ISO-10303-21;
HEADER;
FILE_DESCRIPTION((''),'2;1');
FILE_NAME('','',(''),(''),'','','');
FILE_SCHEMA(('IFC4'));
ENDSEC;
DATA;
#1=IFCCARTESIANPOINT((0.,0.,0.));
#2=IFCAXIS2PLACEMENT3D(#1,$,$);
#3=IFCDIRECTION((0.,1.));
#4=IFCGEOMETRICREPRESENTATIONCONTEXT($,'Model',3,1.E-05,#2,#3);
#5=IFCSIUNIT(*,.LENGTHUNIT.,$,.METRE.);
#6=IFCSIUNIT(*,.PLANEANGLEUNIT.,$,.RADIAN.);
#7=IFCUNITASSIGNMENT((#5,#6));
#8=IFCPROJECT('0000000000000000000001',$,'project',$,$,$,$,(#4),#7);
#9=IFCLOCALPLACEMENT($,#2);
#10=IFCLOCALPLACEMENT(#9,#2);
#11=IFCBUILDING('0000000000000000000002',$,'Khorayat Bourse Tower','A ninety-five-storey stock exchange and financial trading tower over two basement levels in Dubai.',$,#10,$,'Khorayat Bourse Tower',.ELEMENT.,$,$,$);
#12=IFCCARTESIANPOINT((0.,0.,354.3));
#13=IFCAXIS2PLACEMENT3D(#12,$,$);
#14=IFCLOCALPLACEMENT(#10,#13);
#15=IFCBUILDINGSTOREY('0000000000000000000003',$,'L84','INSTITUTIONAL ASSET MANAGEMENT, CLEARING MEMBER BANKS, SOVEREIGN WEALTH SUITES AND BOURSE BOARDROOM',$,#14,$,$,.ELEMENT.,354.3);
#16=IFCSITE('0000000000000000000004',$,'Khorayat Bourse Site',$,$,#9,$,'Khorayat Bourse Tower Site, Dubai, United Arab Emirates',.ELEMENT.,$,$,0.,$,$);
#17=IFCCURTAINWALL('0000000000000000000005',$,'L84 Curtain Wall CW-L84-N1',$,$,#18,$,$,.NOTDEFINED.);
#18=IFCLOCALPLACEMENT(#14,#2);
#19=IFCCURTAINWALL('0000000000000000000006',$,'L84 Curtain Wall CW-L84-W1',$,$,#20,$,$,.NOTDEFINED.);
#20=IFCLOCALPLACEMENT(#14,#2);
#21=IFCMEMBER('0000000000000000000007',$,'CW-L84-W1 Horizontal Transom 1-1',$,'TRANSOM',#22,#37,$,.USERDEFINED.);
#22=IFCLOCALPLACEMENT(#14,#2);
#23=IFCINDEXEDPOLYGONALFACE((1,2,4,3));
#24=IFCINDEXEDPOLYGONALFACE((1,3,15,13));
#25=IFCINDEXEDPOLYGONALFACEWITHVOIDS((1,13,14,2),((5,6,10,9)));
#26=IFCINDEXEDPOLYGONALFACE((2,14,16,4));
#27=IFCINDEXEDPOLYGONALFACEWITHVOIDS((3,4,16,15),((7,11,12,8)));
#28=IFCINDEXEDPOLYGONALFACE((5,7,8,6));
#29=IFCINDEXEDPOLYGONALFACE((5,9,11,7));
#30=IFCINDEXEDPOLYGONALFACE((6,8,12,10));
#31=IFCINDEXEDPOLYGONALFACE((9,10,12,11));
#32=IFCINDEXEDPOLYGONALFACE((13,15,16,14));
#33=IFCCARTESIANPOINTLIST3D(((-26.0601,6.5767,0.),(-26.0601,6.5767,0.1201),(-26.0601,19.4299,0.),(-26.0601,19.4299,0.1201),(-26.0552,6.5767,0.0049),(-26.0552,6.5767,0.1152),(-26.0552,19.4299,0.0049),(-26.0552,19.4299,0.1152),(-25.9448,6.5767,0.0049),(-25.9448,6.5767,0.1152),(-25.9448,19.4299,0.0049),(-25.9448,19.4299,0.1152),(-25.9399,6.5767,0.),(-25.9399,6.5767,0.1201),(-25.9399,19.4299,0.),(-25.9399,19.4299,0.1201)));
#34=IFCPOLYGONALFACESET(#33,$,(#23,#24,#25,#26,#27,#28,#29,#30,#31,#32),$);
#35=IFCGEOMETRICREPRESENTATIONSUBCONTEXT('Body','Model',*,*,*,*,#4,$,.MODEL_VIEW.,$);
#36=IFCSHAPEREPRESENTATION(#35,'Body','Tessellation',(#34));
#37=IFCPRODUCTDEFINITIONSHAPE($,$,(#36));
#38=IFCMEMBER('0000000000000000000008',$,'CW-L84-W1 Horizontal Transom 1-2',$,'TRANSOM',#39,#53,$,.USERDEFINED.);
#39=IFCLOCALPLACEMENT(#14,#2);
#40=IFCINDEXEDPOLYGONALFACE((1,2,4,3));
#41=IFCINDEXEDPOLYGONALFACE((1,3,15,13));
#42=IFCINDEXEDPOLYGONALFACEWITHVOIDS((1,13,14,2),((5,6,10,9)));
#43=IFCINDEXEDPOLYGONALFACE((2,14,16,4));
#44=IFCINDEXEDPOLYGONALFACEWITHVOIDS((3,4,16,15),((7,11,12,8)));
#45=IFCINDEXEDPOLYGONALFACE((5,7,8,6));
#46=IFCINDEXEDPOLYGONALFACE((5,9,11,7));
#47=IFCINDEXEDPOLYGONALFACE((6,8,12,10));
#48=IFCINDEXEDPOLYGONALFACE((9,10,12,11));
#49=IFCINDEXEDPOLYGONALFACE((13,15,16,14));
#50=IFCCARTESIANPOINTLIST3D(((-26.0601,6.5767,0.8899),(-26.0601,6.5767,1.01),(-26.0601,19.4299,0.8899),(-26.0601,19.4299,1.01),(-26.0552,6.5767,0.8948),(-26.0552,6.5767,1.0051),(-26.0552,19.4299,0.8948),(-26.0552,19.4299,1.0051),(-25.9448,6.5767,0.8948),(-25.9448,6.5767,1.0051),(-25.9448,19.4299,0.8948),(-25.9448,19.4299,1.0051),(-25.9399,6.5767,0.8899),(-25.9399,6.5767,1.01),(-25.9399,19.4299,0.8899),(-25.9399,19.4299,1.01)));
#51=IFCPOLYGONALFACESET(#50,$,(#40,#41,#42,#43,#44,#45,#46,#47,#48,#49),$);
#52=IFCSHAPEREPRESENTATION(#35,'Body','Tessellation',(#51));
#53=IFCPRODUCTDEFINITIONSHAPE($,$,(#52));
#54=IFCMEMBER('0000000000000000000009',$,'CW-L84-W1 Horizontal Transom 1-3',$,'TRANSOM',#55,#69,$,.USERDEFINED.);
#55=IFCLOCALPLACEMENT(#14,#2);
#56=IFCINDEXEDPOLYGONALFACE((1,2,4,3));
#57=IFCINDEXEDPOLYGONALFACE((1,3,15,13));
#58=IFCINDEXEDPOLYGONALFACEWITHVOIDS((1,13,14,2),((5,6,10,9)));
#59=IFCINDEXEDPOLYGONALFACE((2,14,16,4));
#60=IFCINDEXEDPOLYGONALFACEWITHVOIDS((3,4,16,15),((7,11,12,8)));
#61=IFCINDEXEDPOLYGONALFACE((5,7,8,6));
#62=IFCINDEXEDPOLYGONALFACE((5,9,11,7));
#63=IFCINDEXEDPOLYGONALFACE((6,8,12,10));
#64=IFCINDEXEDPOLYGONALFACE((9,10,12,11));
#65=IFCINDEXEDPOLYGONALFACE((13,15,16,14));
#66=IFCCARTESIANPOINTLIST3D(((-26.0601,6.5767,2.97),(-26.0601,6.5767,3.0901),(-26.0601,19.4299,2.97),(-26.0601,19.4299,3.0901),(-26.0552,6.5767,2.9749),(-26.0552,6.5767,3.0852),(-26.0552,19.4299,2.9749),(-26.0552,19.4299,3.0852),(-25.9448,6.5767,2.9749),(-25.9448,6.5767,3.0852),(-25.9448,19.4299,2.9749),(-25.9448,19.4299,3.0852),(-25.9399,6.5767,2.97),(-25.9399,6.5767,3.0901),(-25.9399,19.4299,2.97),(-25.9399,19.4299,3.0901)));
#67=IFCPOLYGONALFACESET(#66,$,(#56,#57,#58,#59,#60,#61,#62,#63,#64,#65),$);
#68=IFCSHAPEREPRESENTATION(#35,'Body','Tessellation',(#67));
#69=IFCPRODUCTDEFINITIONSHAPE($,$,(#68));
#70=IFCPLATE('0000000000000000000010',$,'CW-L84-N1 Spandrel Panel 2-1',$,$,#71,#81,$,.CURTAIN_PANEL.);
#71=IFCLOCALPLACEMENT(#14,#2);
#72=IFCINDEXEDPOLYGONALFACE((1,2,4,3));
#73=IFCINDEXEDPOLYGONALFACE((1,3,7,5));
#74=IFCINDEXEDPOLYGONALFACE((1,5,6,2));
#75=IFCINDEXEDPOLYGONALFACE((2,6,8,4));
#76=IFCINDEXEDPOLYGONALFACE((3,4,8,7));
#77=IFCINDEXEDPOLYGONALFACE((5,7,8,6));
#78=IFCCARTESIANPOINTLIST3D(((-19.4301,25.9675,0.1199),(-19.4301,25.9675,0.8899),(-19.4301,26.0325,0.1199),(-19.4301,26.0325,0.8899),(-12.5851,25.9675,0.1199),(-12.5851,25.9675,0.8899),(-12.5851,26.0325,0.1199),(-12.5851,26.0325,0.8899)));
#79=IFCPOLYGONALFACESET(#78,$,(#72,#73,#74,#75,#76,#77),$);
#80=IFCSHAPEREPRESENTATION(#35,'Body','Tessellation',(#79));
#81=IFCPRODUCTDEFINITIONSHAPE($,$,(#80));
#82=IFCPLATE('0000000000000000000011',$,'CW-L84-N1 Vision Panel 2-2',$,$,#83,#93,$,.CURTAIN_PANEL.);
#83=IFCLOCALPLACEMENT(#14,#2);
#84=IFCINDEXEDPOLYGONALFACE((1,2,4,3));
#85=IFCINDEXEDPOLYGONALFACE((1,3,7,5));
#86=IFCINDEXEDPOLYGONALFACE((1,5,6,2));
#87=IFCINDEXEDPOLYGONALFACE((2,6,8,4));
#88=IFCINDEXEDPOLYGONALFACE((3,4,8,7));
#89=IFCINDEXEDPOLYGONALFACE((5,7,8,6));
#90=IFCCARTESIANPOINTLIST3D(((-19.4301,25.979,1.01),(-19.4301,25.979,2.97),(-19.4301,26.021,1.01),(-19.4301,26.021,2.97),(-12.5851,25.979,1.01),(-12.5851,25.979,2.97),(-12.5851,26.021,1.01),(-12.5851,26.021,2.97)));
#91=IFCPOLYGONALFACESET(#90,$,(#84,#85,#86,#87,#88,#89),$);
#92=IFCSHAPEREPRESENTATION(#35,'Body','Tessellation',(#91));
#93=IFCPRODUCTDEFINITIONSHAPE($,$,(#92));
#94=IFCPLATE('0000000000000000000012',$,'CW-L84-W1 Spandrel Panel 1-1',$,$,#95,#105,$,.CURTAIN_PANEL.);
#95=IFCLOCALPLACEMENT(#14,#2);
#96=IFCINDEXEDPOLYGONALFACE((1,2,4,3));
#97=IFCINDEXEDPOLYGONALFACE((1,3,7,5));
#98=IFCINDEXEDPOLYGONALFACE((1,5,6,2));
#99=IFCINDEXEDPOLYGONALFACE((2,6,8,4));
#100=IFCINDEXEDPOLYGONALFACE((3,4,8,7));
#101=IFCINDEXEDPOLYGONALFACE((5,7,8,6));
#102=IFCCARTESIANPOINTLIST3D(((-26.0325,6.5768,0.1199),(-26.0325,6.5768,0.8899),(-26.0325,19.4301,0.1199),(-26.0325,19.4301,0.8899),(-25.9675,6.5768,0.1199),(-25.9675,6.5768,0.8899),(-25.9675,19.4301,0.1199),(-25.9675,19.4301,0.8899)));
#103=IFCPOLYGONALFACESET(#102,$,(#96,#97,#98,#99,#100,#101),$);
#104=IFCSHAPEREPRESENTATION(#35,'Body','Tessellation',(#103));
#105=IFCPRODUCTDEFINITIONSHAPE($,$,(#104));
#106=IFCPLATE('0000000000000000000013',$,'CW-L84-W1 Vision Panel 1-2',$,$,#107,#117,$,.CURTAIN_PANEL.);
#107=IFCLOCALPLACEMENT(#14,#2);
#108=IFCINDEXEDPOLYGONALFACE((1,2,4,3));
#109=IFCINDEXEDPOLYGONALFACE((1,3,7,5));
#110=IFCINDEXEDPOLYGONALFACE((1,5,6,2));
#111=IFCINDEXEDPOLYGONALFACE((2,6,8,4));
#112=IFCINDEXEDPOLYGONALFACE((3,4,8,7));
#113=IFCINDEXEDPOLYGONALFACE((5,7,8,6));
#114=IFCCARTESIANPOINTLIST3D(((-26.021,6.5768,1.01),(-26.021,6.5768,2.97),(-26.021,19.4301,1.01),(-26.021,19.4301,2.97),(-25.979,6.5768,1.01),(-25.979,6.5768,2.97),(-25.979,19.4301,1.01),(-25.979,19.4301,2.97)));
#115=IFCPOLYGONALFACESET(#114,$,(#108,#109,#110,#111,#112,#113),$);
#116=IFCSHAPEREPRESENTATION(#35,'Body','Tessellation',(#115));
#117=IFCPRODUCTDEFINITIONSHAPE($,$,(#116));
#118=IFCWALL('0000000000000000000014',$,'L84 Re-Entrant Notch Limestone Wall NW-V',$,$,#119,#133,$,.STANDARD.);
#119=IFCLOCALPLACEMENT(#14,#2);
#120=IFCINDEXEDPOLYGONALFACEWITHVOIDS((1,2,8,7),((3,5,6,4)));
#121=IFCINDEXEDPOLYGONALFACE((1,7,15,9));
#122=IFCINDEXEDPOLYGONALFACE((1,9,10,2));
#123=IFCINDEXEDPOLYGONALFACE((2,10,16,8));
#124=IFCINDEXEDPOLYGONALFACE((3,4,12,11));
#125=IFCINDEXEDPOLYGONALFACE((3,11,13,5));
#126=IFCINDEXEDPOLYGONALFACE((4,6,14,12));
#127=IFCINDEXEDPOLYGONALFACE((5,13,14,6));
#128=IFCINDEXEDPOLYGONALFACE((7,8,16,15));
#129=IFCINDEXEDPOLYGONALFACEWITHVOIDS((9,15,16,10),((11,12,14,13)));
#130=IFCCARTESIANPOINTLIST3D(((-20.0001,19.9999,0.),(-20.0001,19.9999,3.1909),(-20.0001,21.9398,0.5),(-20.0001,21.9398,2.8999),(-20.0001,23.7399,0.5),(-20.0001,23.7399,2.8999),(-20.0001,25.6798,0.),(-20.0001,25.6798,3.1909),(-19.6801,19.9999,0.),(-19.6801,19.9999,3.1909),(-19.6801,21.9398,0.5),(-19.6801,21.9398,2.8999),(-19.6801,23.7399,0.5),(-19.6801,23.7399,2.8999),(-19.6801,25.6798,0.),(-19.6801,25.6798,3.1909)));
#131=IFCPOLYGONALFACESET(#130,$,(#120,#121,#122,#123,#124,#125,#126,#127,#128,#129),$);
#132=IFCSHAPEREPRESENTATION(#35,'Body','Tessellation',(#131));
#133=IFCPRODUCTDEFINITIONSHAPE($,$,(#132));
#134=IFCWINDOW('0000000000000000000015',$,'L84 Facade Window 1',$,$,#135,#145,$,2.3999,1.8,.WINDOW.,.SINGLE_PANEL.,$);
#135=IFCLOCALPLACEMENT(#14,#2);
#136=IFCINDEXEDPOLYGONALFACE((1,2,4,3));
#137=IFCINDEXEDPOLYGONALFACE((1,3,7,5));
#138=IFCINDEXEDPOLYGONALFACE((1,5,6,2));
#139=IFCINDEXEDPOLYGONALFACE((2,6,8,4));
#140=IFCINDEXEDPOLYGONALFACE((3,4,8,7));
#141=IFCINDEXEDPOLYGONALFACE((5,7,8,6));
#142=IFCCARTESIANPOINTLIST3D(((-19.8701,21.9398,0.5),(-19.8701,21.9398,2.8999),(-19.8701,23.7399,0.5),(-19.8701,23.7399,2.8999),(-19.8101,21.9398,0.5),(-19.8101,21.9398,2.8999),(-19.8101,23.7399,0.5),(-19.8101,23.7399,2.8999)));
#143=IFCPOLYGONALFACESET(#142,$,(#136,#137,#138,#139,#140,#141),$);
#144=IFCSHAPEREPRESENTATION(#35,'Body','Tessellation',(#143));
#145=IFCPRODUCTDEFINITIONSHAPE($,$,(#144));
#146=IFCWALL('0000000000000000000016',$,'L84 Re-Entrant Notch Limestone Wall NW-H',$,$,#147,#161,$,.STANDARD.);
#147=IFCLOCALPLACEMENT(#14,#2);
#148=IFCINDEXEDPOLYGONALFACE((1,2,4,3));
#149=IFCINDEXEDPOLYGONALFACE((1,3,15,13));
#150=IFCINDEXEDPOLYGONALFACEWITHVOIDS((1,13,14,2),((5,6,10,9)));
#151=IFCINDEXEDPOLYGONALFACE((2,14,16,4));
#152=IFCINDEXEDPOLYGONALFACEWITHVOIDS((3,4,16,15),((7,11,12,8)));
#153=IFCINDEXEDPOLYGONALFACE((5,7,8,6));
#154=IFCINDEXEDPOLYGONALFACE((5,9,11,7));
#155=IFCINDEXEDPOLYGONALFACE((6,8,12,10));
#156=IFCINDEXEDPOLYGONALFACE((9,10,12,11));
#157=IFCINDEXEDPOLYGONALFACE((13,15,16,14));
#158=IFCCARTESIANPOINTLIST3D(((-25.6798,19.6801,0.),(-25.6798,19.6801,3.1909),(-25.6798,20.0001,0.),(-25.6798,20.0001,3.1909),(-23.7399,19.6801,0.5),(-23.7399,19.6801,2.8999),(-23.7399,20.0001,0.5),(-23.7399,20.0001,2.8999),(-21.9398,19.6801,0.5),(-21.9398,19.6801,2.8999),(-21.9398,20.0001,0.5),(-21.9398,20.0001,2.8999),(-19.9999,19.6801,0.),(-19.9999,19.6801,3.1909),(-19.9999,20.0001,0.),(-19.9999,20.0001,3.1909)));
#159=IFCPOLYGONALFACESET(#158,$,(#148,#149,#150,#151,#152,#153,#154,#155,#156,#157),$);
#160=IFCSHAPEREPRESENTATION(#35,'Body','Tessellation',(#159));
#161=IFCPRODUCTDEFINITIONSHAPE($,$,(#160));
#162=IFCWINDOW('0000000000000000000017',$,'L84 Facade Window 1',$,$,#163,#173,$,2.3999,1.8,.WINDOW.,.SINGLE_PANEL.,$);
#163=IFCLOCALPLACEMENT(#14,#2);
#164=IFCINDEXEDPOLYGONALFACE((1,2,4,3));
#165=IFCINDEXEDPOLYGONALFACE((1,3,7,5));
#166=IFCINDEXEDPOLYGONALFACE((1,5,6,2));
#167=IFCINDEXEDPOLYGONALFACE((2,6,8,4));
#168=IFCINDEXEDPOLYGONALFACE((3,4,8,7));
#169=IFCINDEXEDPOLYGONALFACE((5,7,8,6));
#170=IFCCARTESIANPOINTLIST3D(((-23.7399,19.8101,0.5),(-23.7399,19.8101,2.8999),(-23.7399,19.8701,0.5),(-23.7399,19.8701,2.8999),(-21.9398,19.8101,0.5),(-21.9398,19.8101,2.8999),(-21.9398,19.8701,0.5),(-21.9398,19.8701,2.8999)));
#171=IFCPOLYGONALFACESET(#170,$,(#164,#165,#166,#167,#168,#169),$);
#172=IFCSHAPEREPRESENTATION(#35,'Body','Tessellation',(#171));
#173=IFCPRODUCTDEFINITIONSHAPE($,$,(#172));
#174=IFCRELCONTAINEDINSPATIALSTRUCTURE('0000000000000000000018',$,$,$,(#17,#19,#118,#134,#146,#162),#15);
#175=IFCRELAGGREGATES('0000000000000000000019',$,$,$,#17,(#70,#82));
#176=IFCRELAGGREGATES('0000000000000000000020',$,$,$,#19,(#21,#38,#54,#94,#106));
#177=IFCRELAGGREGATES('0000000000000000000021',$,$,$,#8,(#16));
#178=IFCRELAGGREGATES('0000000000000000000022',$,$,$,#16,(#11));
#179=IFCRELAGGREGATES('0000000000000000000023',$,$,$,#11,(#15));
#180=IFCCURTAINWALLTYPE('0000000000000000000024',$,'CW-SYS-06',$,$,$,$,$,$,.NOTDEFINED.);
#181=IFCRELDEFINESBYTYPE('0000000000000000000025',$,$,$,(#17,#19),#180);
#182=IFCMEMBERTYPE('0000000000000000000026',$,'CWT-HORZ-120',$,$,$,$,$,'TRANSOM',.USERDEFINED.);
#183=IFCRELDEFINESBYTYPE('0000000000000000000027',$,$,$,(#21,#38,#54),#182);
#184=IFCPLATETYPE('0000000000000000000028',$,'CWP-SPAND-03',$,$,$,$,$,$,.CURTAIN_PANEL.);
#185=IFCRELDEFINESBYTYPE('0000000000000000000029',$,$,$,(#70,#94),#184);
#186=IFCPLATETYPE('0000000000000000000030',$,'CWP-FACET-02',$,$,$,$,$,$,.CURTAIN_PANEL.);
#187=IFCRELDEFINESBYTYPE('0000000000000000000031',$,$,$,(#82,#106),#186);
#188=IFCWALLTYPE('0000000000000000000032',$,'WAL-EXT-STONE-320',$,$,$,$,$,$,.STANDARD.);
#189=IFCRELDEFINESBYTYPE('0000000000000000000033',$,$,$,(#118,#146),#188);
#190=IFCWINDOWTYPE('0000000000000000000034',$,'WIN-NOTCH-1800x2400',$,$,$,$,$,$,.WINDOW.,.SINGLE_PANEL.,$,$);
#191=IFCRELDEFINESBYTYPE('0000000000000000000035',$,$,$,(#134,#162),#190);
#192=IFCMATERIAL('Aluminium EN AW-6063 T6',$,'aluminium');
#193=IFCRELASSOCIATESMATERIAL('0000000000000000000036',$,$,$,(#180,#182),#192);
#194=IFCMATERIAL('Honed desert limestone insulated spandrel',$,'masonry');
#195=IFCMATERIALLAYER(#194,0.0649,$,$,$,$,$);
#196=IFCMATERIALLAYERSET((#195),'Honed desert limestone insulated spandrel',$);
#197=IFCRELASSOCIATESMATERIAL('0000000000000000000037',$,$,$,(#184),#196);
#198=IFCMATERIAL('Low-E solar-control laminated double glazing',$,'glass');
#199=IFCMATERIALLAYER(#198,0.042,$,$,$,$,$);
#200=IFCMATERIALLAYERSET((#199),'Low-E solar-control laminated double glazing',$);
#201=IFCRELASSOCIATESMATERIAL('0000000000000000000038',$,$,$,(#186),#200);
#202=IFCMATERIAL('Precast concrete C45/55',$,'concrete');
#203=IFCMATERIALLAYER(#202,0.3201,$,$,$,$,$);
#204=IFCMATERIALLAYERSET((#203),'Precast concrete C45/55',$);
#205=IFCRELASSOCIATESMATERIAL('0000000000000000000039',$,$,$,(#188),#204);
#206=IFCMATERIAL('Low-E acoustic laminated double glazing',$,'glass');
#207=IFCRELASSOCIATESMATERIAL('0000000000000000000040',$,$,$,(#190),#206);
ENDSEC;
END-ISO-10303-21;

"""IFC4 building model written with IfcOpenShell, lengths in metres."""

from ifc_helpers import new_model, si_unit, direction, frame, frame_2d, origin, origin_2d, place, context, subcontext, project, spatial, rectangle, hollow_rectangle, extrude, source, transform, mapped, material, layer, layer_set, material_profile, profile_set, type_object, element, fill, aggregate, save


model = new_model("IFC4")

# Units and contexts
model_context = context("Model", 3, precision=1e-05, world=origin(), true_north=direction((0.0, 1.0)))
body_context = subcontext(model_context, "Body", "Model", "MODEL_VIEW")
ifc_project = project(units=[si_unit("LENGTHUNIT", "METRE"), si_unit("PLANEANGLEUNIT", "RADIAN")], contexts=[model_context])

# Site, building, storey
site_placement = place(None, origin())
site = spatial("IfcSite", under=ifc_project, at=site_placement, Name="Khorayat Bourse Site", LongName="Khorayat Bourse Tower Site, Dubai, United Arab Emirates", CompositionType="ELEMENT", RefElevation=0.0)
building_placement = place(site_placement, origin())
building = spatial("IfcBuilding", under=site, at=building_placement, Name="Khorayat Bourse Tower", Description="A ninety-five-storey stock exchange and financial trading tower over two basement levels in Dubai.", LongName="Khorayat Bourse Tower", CompositionType="ELEMENT")
storey_placement = place(building_placement, frame((0.0, 0.0, 354.3)))
storey = spatial("IfcBuildingStorey", under=building, at=storey_placement, Name="L84", Description="INSTITUTIONAL ASSET MANAGEMENT, CLEARING MEMBER BANKS, SOVEREIGN WEALTH SUITES AND BOURSE BOARDROOM", CompositionType="ELEMENT", Elevation=354.3)

# Curtain walls
ifc_material_1 = material(Name="Aluminium EN AW-6063 T6", Category="aluminium")
curtain_wall_type = type_object("IfcCurtainWallType", Name="CW-SYS-06", PredefinedType="NOTDEFINED", material=ifc_material_1)
curtain_wall_1_placement = place(storey_placement, origin())
curtain_wall_1 = element("IfcCurtainWall", 1, at=curtain_wall_1_placement, inside=storey, type_object=curtain_wall_type, Name="L84 Curtain Wall CW-L84-N1", PredefinedType="NOTDEFINED")
curtain_wall_2_placement = place(storey_placement, origin())
curtain_wall_2 = element("IfcCurtainWall", 2, at=curtain_wall_2_placement, inside=storey, type_object=curtain_wall_type, Name="L84 Curtain Wall CW-L84-W1", PredefinedType="NOTDEFINED")

# Members
ifc_material_profile_1 = material_profile(ifc_material_1, hollow_rectangle(XDim=0.1201, YDim=0.1201, WallThickness=0.0049, at=origin_2d()), Name="ALU 120x120x5")
ifc_profile_set_1 = profile_set([ifc_material_profile_1], Name="Aluminium EN AW-6063 T6")
member_type_1 = type_object("IfcMemberType", Name="CWT-HORZ-120", ElementType="TRANSOM", PredefinedType="USERDEFINED", material=ifc_profile_set_1)
shared_shape_1 = source(origin(), body_context, "Body", "SweptSolid", [
    extrude(hollow_rectangle(XDim=0.1201, YDim=0.1201, WallThickness=0.0049, at=origin_2d()), origin(), (0.0, 0.0, 1.0), 12.8533),
])
member_1_placement = place(storey_placement, frame((-26.0, 19.4299, 0.0601), z_axis=(0.0, -1.0, 0.0), x_axis=(1.0, 0.0, 0.0)))
member_1 = element("IfcMember", 3, at=member_1_placement, type_object=member_type_1, Name="CW-L84-W1 Horizontal Transom 1-1", ObjectType="TRANSOM", PredefinedType="USERDEFINED", context=body_context, shape_type="MappedRepresentation", body=[
    mapped(shared_shape_1, transform((0.0, 0.0, 0.0), scale=1.0)),
])
member_2_placement = place(storey_placement, frame((-26.0, 19.4299, 0.95), z_axis=(0.0, -1.0, 0.0), x_axis=(1.0, 0.0, 0.0)))
member_2 = element("IfcMember", 4, at=member_2_placement, type_object=member_type_1, Name="CW-L84-W1 Horizontal Transom 1-2", ObjectType="TRANSOM", PredefinedType="USERDEFINED", context=body_context, shape_type="MappedRepresentation", body=[
    mapped(shared_shape_1, transform((0.0, 0.0, 0.0), scale=1.0)),
])
member_3_placement = place(storey_placement, frame((-26.0, 19.4299, 3.03), z_axis=(0.0, -1.0, 0.0), x_axis=(1.0, 0.0, 0.0)))
member_3 = element("IfcMember", 5, at=member_3_placement, type_object=member_type_1, Name="CW-L84-W1 Horizontal Transom 1-3", ObjectType="TRANSOM", PredefinedType="USERDEFINED", context=body_context, shape_type="MappedRepresentation", body=[
    mapped(shared_shape_1, transform((0.0, 0.0, 0.0), scale=1.0)),
])

# Plates
ifc_material_2 = material(Name="Honed desert limestone insulated spandrel", Category="masonry")
ifc_layer_1 = layer(ifc_material_2, 0.0649)
ifc_layer_set_1 = layer_set([ifc_layer_1], Name="Honed desert limestone insulated spandrel")
plate_type_1 = type_object("IfcPlateType", Name="CWP-SPAND-03", PredefinedType="CURTAIN_PANEL", material=ifc_layer_set_1)
shared_shape_2 = source(origin(), body_context, "Body", "SweptSolid", [
    extrude(rectangle(XDim=6.845, YDim=0.0649, at=origin_2d()), origin(), (0.0, 0.0, 1.0), 0.77),
])
plate_1_placement = place(storey_placement, frame((-16.0076, 26.0, 0.1199), z_axis=(0.0, 0.0, 1.0), x_axis=(-1.0, 0.0, 0.0)))
plate_1 = element("IfcPlate", 6, at=plate_1_placement, type_object=plate_type_1, Name="CW-L84-N1 Spandrel Panel 2-1", PredefinedType="CURTAIN_PANEL", context=body_context, shape_type="MappedRepresentation", body=[
    mapped(shared_shape_2, transform((0.0, 0.0, 0.0), scale=1.0)),
])
ifc_material_3 = material(Name="Low-E solar-control laminated double glazing", Category="glass")
ifc_layer_2 = layer(ifc_material_3, 0.042)
ifc_layer_set_2 = layer_set([ifc_layer_2], Name="Low-E solar-control laminated double glazing")
plate_type_2 = type_object("IfcPlateType", Name="CWP-FACET-02", PredefinedType="CURTAIN_PANEL", material=ifc_layer_set_2)
shared_shape_3 = source(origin(), body_context, "Body", "SweptSolid", [
    extrude(rectangle(XDim=6.845, YDim=0.042, at=origin_2d()), origin(), (0.0, 0.0, 1.0), 1.96),
])
plate_2_placement = place(storey_placement, frame((-16.0076, 26.0, 1.01), z_axis=(0.0, 0.0, 1.0), x_axis=(-1.0, 0.0, 0.0)))
plate_2 = element("IfcPlate", 7, at=plate_2_placement, type_object=plate_type_2, Name="CW-L84-N1 Vision Panel 2-2", PredefinedType="CURTAIN_PANEL", context=body_context, shape_type="MappedRepresentation", body=[
    mapped(shared_shape_3, transform((0.0, 0.0, 0.0), scale=1.0)),
])
aggregate(curtain_wall_1, [plate_1, plate_2])
shared_shape_4 = source(origin(), body_context, "Body", "SweptSolid", [
    extrude(rectangle(XDim=12.8533, YDim=0.0649, at=origin_2d()), origin(), (0.0, 0.0, 1.0), 0.77),
])
plate_3_placement = place(storey_placement, frame((-26.0, 13.0034, 0.1199), z_axis=(0.0, 0.0, 1.0), x_axis=(0.0, -1.0, 0.0)))
plate_3 = element("IfcPlate", 8, at=plate_3_placement, type_object=plate_type_1, Name="CW-L84-W1 Spandrel Panel 1-1", PredefinedType="CURTAIN_PANEL", context=body_context, shape_type="MappedRepresentation", body=[
    mapped(shared_shape_4, transform((0.0, 0.0, 0.0), scale=1.0)),
])
shared_shape_5 = source(origin(), body_context, "Body", "SweptSolid", [
    extrude(rectangle(XDim=12.8533, YDim=0.042, at=origin_2d()), origin(), (0.0, 0.0, 1.0), 1.96),
])
plate_4_placement = place(storey_placement, frame((-26.0, 13.0034, 1.01), z_axis=(0.0, 0.0, 1.0), x_axis=(0.0, -1.0, 0.0)))
plate_4 = element("IfcPlate", 9, at=plate_4_placement, type_object=plate_type_2, Name="CW-L84-W1 Vision Panel 1-2", PredefinedType="CURTAIN_PANEL", context=body_context, shape_type="MappedRepresentation", body=[
    mapped(shared_shape_5, transform((0.0, 0.0, 0.0), scale=1.0)),
])
aggregate(curtain_wall_2, [member_1, member_2, member_3, plate_3, plate_4])

# Walls, openings, windows
ifc_material_4 = material(Name="Precast concrete C45/55", Category="concrete")
ifc_layer_3 = layer(ifc_material_4, 0.3201)
ifc_layer_set_3 = layer_set([ifc_layer_3], Name="Precast concrete C45/55")
wall_type_1 = type_object("IfcWallType", Name="WAL-EXT-STONE-320", PredefinedType="STANDARD", material=ifc_layer_set_3)
shared_shape_6 = source(origin(), body_context, "Body", "SweptSolid", [
    extrude(rectangle(XDim=5.6799, YDim=0.3201, at=frame_2d((2.8398, 0.0))), origin(), (0.0, 0.0, 1.0), 3.1909),
])
wall_1_placement = place(storey_placement, frame((-19.8401, 20.0, 0.0), z_axis=(0.0, 0.0, 1.0), x_axis=(0.0, 1.0, 0.0)))
wall_1 = element("IfcWall", 10, at=wall_1_placement, inside=storey, type_object=wall_type_1, Name="L84 Re-Entrant Notch Limestone Wall NW-V", PredefinedType="STANDARD", context=body_context, shape_type="MappedRepresentation", body=[
    mapped(shared_shape_6, transform((0.0, 0.0, 0.0), scale=1.0)),
])
shared_shape_7 = source(origin(), body_context, "Body", "SweptSolid", [
    extrude(rectangle(XDim=1.8, YDim=2.3999, at=frame_2d((0.8999, 1.2))), frame((0.0, 0.1699, 0.0), z_axis=(0.0, -1.0, 0.0), x_axis=(1.0, 0.0, 0.0)), (0.0, 0.0, 1.0), 0.3401),
])
opening_1_placement = place(wall_1_placement, frame((1.9399, 0.0, 0.5)))
opening_1 = element("IfcOpeningElement", 11, at=opening_1_placement, cuts=wall_1, PredefinedType="OPENING", context=body_context, shape_type="MappedRepresentation", body=[
    mapped(shared_shape_7, transform((0.0, 0.0, 0.0), scale=1.0)),
])
ifc_material_5 = material(Name="Low-E acoustic laminated double glazing", Category="glass")
window_type = type_object("IfcWindowType", Name="WIN-NOTCH-1800x2400", PartitioningType="SINGLE_PANEL", PredefinedType="WINDOW", material=ifc_material_5)
shared_shape_8 = source(origin(), body_context, "Body", "SweptSolid", [
    extrude(rectangle(XDim=1.8, YDim=2.3999, at=frame_2d((0.8999, 1.2))), frame((0.0, 0.03, 0.0), z_axis=(0.0, -1.0, 0.0), x_axis=(1.0, 0.0, 0.0)), (0.0, 0.0, 1.0), 0.0601),
])
window_1_placement = place(opening_1_placement, origin())
window_1 = element("IfcWindow", 12, at=window_1_placement, inside=storey, type_object=window_type, Name="L84 Facade Window 1", OverallHeight=2.3999, OverallWidth=1.8, PartitioningType="SINGLE_PANEL", PredefinedType="WINDOW", context=body_context, shape_type="MappedRepresentation", body=[
    mapped(shared_shape_8, transform((0.0, 0.0, 0.0), scale=1.0)),
])
fill(opening_1, window_1)
wall_2_placement = place(storey_placement, frame((-20.0, 19.8401, 0.0), z_axis=(0.0, 0.0, 1.0), x_axis=(-1.0, 0.0, 0.0)))
wall_2 = element("IfcWall", 13, at=wall_2_placement, inside=storey, type_object=wall_type_1, Name="L84 Re-Entrant Notch Limestone Wall NW-H", PredefinedType="STANDARD", context=body_context, shape_type="MappedRepresentation", body=[
    mapped(shared_shape_6, transform((0.0, 0.0, 0.0), scale=1.0)),
])
opening_2_placement = place(wall_2_placement, frame((1.9399, 0.0, 0.5)))
opening_2 = element("IfcOpeningElement", 14, at=opening_2_placement, cuts=wall_2, PredefinedType="OPENING", context=body_context, shape_type="MappedRepresentation", body=[
    mapped(shared_shape_7, transform((0.0, 0.0, 0.0), scale=1.0)),
])
window_2_placement = place(opening_2_placement, origin())
window_2 = element("IfcWindow", 15, at=window_2_placement, inside=storey, type_object=window_type, Name="L84 Facade Window 1", OverallHeight=2.3999, OverallWidth=1.8, PartitioningType="SINGLE_PANEL", PredefinedType="WINDOW", context=body_context, shape_type="MappedRepresentation", body=[
    mapped(shared_shape_8, transform((0.0, 0.0, 0.0), scale=1.0)),
])
fill(opening_2, window_2)

save(model, "model.ifc")
